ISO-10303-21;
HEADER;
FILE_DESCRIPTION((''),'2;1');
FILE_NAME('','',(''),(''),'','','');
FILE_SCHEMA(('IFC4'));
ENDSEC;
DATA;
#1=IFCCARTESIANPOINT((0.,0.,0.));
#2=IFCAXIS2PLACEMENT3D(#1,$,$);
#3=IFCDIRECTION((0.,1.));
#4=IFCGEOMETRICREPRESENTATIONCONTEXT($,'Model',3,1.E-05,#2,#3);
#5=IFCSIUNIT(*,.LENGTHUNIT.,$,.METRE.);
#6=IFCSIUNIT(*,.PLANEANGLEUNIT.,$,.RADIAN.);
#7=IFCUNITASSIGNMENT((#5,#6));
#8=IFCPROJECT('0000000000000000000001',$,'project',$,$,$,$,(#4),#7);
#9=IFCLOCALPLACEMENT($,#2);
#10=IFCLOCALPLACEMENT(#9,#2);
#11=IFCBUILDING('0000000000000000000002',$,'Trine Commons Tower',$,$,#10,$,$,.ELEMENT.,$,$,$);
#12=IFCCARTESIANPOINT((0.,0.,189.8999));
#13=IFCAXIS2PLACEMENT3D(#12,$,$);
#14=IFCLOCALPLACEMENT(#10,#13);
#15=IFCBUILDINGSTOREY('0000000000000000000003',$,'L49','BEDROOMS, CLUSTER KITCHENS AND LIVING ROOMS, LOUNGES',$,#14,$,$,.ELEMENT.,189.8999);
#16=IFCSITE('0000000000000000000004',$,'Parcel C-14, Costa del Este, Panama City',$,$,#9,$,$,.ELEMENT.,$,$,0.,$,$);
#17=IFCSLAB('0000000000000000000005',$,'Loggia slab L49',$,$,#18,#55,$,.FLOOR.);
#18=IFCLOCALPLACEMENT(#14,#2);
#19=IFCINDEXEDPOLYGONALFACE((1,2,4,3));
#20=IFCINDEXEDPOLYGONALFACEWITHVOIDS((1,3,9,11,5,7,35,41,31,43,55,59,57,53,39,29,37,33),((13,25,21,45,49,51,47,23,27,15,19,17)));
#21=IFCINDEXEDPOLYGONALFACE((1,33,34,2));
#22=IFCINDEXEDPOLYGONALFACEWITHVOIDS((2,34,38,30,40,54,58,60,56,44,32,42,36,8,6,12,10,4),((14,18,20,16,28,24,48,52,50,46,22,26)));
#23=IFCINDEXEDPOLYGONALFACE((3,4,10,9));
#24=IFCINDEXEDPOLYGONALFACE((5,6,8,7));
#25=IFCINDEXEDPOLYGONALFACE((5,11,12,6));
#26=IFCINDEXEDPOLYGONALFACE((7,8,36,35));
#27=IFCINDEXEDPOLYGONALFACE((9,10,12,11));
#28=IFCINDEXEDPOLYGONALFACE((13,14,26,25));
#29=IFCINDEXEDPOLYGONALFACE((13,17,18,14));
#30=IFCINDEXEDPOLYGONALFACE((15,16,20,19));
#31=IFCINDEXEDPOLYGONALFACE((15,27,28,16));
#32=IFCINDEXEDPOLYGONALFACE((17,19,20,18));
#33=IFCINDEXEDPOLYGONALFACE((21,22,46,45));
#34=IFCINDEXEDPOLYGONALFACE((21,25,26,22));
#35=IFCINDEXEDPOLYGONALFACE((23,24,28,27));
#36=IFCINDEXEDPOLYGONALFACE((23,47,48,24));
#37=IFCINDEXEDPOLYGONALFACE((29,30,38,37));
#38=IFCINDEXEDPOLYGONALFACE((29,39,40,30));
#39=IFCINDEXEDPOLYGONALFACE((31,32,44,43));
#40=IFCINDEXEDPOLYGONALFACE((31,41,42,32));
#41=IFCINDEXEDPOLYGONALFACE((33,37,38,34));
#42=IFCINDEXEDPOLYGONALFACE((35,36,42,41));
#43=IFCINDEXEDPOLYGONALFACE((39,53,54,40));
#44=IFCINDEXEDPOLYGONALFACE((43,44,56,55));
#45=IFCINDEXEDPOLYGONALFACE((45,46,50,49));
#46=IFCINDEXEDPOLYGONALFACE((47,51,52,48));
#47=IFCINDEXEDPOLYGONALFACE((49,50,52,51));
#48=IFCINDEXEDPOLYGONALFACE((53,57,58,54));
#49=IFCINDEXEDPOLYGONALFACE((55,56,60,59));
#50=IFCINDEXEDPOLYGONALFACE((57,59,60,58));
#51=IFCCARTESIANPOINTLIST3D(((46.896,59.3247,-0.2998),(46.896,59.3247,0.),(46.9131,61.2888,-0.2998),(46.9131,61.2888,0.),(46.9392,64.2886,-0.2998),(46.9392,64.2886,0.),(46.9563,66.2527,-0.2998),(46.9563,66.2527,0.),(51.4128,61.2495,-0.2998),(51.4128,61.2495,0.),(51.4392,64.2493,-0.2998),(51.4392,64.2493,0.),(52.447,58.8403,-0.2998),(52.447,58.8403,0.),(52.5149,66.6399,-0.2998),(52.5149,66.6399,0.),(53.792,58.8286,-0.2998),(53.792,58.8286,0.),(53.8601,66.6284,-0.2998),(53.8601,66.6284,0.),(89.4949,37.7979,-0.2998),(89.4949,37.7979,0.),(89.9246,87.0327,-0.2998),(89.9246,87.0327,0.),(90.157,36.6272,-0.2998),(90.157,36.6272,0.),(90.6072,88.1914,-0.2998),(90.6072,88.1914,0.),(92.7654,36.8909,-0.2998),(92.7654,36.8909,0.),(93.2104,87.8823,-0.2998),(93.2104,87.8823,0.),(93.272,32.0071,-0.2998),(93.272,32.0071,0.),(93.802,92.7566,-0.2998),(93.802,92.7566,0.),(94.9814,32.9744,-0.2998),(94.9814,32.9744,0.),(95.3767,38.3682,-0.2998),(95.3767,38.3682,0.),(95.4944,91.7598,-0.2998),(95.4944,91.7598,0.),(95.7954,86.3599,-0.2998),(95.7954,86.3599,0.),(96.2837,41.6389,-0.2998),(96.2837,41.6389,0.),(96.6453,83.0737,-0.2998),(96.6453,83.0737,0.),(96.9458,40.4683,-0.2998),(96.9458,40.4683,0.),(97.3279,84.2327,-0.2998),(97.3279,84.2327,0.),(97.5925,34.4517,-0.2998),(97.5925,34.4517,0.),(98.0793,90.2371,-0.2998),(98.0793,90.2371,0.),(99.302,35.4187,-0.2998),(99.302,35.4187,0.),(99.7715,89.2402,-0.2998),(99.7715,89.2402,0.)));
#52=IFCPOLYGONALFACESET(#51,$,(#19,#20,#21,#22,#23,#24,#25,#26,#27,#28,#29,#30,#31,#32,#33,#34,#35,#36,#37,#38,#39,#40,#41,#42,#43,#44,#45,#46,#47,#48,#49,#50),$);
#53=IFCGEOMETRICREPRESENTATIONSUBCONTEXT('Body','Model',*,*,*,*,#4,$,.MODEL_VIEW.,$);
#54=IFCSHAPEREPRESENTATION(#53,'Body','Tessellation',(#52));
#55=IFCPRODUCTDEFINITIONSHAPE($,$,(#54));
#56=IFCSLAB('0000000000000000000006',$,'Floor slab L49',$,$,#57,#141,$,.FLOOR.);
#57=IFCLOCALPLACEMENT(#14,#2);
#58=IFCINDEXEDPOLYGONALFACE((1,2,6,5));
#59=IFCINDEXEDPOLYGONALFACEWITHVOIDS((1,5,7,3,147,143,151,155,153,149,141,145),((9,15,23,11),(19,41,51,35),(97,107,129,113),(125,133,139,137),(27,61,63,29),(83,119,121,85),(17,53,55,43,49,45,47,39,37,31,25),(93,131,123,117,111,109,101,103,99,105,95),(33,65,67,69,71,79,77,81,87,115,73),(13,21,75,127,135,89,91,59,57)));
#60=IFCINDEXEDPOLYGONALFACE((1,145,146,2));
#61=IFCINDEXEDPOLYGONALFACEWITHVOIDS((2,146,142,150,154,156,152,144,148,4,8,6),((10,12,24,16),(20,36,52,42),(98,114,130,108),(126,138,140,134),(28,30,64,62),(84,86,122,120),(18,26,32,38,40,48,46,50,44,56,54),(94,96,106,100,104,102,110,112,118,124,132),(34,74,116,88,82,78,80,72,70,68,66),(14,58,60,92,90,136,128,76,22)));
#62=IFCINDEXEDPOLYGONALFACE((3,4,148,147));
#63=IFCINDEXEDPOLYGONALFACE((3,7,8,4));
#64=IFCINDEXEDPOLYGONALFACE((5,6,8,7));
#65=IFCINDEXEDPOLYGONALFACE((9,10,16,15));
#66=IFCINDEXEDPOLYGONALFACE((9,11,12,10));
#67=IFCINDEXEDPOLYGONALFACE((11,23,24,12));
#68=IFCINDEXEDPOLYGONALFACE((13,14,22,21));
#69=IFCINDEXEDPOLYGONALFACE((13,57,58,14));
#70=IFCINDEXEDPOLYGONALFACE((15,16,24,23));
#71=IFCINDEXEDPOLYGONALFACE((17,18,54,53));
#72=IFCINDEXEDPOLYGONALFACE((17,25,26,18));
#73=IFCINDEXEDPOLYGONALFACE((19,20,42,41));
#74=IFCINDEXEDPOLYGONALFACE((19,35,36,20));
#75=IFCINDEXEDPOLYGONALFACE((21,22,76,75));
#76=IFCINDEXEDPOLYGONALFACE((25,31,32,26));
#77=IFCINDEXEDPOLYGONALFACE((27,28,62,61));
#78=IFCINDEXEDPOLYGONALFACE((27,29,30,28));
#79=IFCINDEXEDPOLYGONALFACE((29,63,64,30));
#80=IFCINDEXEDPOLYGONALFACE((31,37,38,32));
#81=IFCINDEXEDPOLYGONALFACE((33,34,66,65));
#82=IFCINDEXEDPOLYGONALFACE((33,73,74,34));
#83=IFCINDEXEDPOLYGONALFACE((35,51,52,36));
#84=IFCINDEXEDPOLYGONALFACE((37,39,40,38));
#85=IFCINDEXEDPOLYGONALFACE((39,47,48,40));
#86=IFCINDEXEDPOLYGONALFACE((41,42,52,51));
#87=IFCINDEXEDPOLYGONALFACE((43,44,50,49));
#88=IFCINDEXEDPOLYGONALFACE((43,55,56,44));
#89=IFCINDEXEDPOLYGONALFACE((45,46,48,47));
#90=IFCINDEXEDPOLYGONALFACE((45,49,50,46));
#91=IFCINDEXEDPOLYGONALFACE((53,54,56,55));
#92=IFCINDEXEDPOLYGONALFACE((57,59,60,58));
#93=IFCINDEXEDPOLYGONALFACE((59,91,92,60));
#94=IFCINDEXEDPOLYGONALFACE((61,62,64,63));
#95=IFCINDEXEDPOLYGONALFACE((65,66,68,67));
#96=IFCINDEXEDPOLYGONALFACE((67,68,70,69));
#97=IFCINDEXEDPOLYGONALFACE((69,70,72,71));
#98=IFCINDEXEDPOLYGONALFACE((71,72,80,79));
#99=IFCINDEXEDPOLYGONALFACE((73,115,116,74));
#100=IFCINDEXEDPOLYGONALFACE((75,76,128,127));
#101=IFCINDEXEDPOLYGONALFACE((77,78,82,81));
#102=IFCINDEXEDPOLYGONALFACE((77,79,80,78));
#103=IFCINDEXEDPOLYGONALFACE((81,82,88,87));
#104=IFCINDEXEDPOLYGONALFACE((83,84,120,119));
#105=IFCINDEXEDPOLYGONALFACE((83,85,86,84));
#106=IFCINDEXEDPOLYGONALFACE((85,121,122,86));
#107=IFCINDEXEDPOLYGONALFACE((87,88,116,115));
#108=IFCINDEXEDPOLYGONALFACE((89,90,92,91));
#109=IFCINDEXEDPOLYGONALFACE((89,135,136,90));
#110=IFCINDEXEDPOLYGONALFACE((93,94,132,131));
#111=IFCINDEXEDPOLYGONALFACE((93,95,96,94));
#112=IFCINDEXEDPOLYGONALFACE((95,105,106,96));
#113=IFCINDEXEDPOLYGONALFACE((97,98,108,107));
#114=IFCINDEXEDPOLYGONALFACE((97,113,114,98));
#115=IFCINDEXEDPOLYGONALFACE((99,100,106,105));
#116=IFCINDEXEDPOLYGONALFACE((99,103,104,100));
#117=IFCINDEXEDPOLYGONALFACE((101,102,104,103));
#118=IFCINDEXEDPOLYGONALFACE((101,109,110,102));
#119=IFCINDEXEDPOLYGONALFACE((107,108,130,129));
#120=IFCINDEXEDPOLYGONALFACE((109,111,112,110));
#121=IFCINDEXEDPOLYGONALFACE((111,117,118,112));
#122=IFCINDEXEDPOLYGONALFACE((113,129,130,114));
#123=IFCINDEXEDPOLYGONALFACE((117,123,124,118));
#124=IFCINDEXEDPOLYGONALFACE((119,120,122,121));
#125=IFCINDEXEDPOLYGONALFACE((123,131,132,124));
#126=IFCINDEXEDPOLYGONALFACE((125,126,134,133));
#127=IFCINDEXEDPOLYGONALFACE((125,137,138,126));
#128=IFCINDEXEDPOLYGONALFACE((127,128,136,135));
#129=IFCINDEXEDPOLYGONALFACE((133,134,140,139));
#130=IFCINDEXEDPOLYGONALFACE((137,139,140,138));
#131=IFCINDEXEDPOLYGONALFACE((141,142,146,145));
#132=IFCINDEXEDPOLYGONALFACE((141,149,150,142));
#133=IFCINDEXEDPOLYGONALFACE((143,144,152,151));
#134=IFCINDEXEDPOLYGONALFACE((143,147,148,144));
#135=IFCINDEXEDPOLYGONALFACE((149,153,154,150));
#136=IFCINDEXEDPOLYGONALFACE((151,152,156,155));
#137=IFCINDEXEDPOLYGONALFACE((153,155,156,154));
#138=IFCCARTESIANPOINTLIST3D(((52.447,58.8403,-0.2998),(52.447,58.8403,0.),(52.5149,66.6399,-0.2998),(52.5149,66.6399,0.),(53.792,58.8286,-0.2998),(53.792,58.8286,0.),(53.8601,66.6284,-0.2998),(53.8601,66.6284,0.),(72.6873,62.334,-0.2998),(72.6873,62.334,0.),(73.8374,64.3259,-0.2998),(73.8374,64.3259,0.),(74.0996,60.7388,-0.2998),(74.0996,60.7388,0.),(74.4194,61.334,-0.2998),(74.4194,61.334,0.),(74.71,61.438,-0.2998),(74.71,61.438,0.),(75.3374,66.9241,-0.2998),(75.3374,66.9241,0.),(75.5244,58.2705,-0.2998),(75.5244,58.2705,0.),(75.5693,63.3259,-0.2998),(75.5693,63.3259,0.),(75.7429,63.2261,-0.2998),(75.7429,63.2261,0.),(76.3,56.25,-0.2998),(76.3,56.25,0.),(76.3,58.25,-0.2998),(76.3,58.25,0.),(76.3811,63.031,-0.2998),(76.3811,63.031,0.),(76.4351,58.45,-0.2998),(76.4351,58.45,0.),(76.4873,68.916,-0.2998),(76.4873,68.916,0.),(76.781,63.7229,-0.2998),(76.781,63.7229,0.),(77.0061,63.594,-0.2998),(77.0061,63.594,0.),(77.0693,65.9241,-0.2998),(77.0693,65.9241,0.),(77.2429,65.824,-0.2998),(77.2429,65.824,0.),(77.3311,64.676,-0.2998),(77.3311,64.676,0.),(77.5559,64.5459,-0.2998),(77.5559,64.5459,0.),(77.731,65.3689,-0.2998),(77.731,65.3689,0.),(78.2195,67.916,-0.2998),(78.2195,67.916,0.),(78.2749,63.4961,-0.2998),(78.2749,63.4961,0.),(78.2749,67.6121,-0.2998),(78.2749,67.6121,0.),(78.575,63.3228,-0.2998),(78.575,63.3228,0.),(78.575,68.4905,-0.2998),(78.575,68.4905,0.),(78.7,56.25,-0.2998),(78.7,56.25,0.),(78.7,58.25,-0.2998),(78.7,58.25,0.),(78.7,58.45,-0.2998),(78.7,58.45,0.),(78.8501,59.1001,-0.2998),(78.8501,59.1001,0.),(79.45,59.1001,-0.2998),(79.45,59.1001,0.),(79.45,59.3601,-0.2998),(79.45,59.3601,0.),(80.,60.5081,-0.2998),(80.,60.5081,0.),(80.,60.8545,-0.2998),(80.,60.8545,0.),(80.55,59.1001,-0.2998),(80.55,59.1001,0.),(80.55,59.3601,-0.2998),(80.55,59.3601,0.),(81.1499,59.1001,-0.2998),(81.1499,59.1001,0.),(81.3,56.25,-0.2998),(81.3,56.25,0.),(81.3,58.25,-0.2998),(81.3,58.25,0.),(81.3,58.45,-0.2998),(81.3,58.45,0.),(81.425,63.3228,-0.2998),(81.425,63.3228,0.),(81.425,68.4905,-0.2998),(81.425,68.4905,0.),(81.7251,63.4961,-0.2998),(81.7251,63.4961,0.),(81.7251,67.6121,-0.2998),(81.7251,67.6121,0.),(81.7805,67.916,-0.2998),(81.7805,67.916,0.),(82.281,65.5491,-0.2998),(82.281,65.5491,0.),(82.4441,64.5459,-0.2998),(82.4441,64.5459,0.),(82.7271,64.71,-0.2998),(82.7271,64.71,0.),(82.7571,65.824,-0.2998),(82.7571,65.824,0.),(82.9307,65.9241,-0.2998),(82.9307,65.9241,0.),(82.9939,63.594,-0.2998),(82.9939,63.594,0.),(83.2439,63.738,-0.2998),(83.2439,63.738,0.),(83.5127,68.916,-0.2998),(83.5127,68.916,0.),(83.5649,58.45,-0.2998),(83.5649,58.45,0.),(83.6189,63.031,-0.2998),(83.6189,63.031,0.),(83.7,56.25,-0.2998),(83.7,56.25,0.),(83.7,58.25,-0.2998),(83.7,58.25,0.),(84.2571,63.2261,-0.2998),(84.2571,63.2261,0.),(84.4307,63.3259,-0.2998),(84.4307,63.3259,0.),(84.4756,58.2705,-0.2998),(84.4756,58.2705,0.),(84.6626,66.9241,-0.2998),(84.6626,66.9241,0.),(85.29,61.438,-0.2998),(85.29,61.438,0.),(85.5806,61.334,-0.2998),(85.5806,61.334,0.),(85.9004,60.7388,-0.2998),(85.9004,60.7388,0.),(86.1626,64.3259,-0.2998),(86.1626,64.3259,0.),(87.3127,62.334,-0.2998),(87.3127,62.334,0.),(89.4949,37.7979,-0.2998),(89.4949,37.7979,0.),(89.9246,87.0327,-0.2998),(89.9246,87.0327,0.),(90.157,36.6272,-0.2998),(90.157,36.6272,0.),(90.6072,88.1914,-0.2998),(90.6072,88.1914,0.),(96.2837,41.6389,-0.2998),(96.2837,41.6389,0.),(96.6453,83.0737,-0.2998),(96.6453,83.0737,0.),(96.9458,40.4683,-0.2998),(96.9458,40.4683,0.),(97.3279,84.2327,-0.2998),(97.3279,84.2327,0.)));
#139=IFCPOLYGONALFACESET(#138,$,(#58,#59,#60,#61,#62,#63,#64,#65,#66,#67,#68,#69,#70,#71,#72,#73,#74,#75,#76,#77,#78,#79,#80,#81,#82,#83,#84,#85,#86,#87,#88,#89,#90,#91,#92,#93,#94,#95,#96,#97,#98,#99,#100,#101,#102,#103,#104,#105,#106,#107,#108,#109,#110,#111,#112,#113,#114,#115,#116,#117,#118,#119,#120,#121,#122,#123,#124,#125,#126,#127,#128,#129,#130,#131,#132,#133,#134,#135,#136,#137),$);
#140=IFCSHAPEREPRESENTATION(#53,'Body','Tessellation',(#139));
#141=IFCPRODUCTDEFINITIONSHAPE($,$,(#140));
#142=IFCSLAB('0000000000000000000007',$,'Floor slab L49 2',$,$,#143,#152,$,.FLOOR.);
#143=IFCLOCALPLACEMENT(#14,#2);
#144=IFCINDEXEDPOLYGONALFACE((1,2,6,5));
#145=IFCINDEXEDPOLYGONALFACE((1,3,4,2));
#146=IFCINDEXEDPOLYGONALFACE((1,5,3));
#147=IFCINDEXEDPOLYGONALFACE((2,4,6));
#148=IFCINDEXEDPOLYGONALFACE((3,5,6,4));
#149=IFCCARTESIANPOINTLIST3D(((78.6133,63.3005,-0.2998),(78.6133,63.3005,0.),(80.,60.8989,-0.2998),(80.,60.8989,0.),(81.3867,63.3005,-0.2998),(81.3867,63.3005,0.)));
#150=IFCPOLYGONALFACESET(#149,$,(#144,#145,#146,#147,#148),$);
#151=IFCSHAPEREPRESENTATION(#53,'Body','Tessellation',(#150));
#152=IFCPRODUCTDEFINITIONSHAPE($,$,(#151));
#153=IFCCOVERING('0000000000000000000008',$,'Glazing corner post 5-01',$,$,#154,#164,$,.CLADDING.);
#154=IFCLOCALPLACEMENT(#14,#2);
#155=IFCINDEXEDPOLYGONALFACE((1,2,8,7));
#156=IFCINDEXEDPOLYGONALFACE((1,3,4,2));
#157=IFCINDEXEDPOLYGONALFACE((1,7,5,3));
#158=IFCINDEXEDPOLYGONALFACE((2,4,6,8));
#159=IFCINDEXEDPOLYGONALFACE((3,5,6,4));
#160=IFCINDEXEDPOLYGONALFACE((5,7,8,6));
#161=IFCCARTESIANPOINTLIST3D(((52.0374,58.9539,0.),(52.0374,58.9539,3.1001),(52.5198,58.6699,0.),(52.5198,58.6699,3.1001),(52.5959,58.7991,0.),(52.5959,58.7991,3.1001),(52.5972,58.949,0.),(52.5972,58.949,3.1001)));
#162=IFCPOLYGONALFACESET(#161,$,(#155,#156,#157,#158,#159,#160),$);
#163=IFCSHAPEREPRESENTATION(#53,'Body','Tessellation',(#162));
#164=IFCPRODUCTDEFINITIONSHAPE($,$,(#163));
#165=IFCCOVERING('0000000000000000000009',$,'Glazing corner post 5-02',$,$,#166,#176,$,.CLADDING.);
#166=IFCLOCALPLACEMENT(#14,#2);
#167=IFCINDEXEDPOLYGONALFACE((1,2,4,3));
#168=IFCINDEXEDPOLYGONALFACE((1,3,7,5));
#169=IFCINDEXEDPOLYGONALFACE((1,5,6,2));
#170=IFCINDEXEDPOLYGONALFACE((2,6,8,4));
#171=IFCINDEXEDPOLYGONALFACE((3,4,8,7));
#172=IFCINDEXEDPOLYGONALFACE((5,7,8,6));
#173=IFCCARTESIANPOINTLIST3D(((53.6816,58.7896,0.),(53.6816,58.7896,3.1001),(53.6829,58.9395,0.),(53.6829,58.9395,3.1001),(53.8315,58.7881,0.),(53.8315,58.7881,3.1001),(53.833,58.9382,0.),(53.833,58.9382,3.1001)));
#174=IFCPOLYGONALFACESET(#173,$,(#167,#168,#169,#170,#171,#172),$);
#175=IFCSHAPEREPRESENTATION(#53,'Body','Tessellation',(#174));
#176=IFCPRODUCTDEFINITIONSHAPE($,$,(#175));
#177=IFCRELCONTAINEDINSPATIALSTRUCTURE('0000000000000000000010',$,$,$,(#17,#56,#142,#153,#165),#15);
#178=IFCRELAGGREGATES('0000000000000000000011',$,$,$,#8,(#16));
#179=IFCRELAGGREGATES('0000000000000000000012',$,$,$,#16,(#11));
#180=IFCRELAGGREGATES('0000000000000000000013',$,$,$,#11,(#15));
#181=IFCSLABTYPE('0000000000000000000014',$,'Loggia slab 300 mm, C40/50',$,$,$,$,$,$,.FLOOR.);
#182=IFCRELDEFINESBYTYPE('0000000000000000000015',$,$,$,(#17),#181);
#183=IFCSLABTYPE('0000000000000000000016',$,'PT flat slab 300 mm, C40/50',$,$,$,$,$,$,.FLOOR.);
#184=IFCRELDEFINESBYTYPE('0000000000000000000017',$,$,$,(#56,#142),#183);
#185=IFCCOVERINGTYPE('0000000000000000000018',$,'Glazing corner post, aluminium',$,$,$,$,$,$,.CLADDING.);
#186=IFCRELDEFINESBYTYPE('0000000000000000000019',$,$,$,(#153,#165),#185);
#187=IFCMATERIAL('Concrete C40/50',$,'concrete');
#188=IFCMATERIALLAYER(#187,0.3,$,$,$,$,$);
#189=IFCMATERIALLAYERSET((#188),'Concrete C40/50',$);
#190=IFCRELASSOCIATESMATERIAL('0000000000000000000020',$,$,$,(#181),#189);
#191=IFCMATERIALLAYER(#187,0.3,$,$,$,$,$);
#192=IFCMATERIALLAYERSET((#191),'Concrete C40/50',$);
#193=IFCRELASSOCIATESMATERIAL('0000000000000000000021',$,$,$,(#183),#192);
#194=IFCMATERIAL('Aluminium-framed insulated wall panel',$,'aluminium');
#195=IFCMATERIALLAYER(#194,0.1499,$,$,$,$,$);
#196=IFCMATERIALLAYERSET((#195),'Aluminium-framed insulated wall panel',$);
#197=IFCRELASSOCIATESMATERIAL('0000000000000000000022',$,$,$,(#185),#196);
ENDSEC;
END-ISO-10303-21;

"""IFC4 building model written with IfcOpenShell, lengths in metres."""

from ifc_helpers import new_model, si_unit, direction, frame, origin, place, context, subcontext, project, spatial, polyline, outline, extrude, material, layer, layer_set, type_object, element, save


model = new_model("IFC4")

# Units and contexts
model_context = context("Model", 3, precision=1e-05, world=origin(), true_north=direction((0.0, 1.0)))
body_context = subcontext(model_context, "Body", "Model", "MODEL_VIEW")
ifc_project = project(units=[si_unit("LENGTHUNIT", "METRE"), si_unit("PLANEANGLEUNIT", "RADIAN")], contexts=[model_context])

# Site, building, storey
site_placement = place(None, origin())
site = spatial("IfcSite", under=ifc_project, at=site_placement, Name="Parcel C-14, Costa del Este, Panama City", CompositionType="ELEMENT", RefElevation=0.0)
building_placement = place(site_placement, origin())
building = spatial("IfcBuilding", under=site, at=building_placement, Name="Trine Commons Tower", CompositionType="ELEMENT")
storey_placement = place(building_placement, frame((0.0, 0.0, 189.8999)))
storey = spatial("IfcBuildingStorey", under=building, at=storey_placement, Name="L49", Description="BEDROOMS, CLUSTER KITCHENS AND LIVING ROOMS, LOUNGES", CompositionType="ELEMENT", Elevation=189.8999)

# Slabs
ifc_material_1 = material(Name="Concrete C40/50", Category="concrete")
ifc_layer_1 = layer(ifc_material_1, 0.3)
ifc_layer_set_1 = layer_set([ifc_layer_1], Name="Concrete C40/50")
slab_type_1 = type_object("IfcSlabType", Name="Loggia slab 300 mm, C40/50", PredefinedType="FLOOR", material=ifc_layer_set_1)
slab_1_placement = place(storey_placement, frame((0.0, 0.0, -0.2998)))
element("IfcSlab", 1, at=slab_1_placement, inside=storey, type_object=slab_type_1, Name="Loggia slab L49", PredefinedType="FLOOR", context=body_context, shape_type="SweptSolid", body=[
    extrude(outline(polyline([(99.302, 35.4187), (99.7715, 89.2402), (98.0793, 90.2371), (95.7954, 86.3599), (93.2104, 87.8823), (95.4944, 91.7598), (93.802, 92.7566), (46.9563, 66.2527), (46.9392, 64.2886), (51.4392, 64.2493), (51.4128, 61.2495), (46.9131, 61.2888), (46.896, 59.3247), (93.272, 32.0071), (94.9814, 32.9744), (92.7654, 36.8909), (95.3767, 38.3682), (97.5925, 34.4517), (99.302, 35.4187)]), holes=[polyline([(90.157, 36.6272), (89.4949, 37.7979), (96.2837, 41.6389), (96.9458, 40.4683), (97.3279, 84.2327), (96.6453, 83.0737), (89.9246, 87.0327), (90.6072, 88.1914), (52.5149, 66.6399), (53.8601, 66.6284), (53.792, 58.8286), (52.447, 58.8403), (90.157, 36.6272)])]), origin(), (0.0, 0.0, 1.0), 0.2998),
])
ifc_layer_2 = layer(ifc_material_1, 0.3)
ifc_layer_set_2 = layer_set([ifc_layer_2], Name="Concrete C40/50")
slab_type_2 = type_object("IfcSlabType", Name="PT flat slab 300 mm, C40/50", PredefinedType="FLOOR", material=ifc_layer_set_2)
slab_2_placement = place(storey_placement, frame((0.0, 0.0, -0.2998)))
element("IfcSlab", 2, at=slab_2_placement, inside=storey, type_object=slab_type_2, Name="Floor slab L49", PredefinedType="FLOOR", context=body_context, shape_type="SweptSolid", body=[
    extrude(outline(polyline([(52.447, 58.8403), (90.157, 36.6272), (89.4949, 37.7979), (96.2837, 41.6389), (96.9458, 40.4683), (97.3279, 84.2327), (96.6453, 83.0737), (89.9246, 87.0327), (90.6072, 88.1914), (52.5149, 66.6399), (53.8601, 66.6284), (53.792, 58.8286), (52.447, 58.8403)]), holes=[polyline([(78.7, 56.25), (78.7, 58.25), (76.3, 58.25), (76.3, 56.25), (78.7, 56.25)]), polyline([(80.0, 60.8545), (84.4756, 58.2705), (85.9004, 60.7388), (81.425, 63.3228), (81.425, 68.4905), (78.575, 68.4905), (78.575, 63.3228), (74.0996, 60.7388), (75.5244, 58.2705), (80.0, 60.8545)]), polyline([(73.8374, 64.3259), (72.6873, 62.334), (74.4194, 61.334), (75.5693, 63.3259), (73.8374, 64.3259)]), polyline([(76.3811, 63.031), (75.7429, 63.2261), (74.71, 61.438), (78.2749, 63.4961), (78.2749, 67.6121), (77.2429, 65.824), (77.731, 65.3689), (77.3311, 64.676), (77.5559, 64.5459), (77.0061, 63.594), (76.781, 63.7229), (76.3811, 63.031)]), polyline([(76.4873, 68.916), (75.3374, 66.9241), (77.0693, 65.9241), (78.2195, 67.916), (76.4873, 68.916)]), polyline([(83.7, 56.25), (83.7, 58.25), (81.3, 58.25), (81.3, 56.25), (83.7, 56.25)]), polyline([(81.1499, 59.1001), (81.3, 58.45), (83.5649, 58.45), (80.0, 60.5081), (76.4351, 58.45), (78.7, 58.45), (78.8501, 59.1001), (79.45, 59.1001), (79.45, 59.3601), (80.55, 59.3601), (80.55, 59.1001), (81.1499, 59.1001)]), polyline([(86.1626, 64.3259), (84.4307, 63.3259), (85.5806, 61.334), (87.3127, 62.334), (86.1626, 64.3259)]), polyline([(83.2439, 63.738), (82.9939, 63.594), (82.4441, 64.5459), (82.7271, 64.71), (82.281, 65.5491), (82.7571, 65.824), (81.7251, 67.6121), (81.7251, 63.4961), (85.29, 61.438), (84.2571, 63.2261), (83.6189, 63.031), (83.2439, 63.738)]), polyline([(84.6626, 66.9241), (83.5127, 68.916), (81.7805, 67.916), (82.9307, 65.9241), (84.6626, 66.9241)])]), origin(), (0.0, 0.0, 1.0), 0.2998),
])
slab_3_placement = place(storey_placement, frame((0.0, 0.0, -0.2998)))
element("IfcSlab", 3, at=slab_3_placement, inside=storey, type_object=slab_type_2, Name="Floor slab L49 2", PredefinedType="FLOOR", context=body_context, shape_type="SweptSolid", body=[
    extrude(outline(polyline([(78.6133, 63.3005), (80.0, 60.8989), (81.3867, 63.3005), (78.6133, 63.3005)])), origin(), (0.0, 0.0, 1.0), 0.2998),
])

# Coverings
ifc_material_2 = material(Name="Aluminium-framed insulated wall panel", Category="aluminium")
ifc_layer_3 = layer(ifc_material_2, 0.1499)
ifc_layer_set_3 = layer_set([ifc_layer_3], Name="Aluminium-framed insulated wall panel")
covering_type_1 = type_object("IfcCoveringType", Name="Glazing corner post, aluminium", PredefinedType="CLADDING", material=ifc_layer_set_3)
covering_1_placement = place(storey_placement, origin())
element("IfcCovering", 4, at=covering_1_placement, inside=storey, type_object=covering_type_1, Name="Glazing corner post 5-01", PredefinedType="CLADDING", context=body_context, shape_type="SweptSolid", body=[
    extrude(outline(polyline([(52.5198, 58.6699), (52.5959, 58.7991), (52.5972, 58.949), (52.0374, 58.9539), (52.5198, 58.6699)])), origin(), (0.0, 0.0, 1.0), 3.1001),
])
covering_2_placement = place(storey_placement, origin())
element("IfcCovering", 5, at=covering_2_placement, inside=storey, type_object=covering_type_1, Name="Glazing corner post 5-02", PredefinedType="CLADDING", context=body_context, shape_type="SweptSolid", body=[
    extrude(outline(polyline([(53.6816, 58.7896), (53.8315, 58.7881), (53.833, 58.9382), (53.6829, 58.9395), (53.6816, 58.7896)])), origin(), (0.0, 0.0, 1.0), 3.1001),
])

save(model, "model.ifc")
